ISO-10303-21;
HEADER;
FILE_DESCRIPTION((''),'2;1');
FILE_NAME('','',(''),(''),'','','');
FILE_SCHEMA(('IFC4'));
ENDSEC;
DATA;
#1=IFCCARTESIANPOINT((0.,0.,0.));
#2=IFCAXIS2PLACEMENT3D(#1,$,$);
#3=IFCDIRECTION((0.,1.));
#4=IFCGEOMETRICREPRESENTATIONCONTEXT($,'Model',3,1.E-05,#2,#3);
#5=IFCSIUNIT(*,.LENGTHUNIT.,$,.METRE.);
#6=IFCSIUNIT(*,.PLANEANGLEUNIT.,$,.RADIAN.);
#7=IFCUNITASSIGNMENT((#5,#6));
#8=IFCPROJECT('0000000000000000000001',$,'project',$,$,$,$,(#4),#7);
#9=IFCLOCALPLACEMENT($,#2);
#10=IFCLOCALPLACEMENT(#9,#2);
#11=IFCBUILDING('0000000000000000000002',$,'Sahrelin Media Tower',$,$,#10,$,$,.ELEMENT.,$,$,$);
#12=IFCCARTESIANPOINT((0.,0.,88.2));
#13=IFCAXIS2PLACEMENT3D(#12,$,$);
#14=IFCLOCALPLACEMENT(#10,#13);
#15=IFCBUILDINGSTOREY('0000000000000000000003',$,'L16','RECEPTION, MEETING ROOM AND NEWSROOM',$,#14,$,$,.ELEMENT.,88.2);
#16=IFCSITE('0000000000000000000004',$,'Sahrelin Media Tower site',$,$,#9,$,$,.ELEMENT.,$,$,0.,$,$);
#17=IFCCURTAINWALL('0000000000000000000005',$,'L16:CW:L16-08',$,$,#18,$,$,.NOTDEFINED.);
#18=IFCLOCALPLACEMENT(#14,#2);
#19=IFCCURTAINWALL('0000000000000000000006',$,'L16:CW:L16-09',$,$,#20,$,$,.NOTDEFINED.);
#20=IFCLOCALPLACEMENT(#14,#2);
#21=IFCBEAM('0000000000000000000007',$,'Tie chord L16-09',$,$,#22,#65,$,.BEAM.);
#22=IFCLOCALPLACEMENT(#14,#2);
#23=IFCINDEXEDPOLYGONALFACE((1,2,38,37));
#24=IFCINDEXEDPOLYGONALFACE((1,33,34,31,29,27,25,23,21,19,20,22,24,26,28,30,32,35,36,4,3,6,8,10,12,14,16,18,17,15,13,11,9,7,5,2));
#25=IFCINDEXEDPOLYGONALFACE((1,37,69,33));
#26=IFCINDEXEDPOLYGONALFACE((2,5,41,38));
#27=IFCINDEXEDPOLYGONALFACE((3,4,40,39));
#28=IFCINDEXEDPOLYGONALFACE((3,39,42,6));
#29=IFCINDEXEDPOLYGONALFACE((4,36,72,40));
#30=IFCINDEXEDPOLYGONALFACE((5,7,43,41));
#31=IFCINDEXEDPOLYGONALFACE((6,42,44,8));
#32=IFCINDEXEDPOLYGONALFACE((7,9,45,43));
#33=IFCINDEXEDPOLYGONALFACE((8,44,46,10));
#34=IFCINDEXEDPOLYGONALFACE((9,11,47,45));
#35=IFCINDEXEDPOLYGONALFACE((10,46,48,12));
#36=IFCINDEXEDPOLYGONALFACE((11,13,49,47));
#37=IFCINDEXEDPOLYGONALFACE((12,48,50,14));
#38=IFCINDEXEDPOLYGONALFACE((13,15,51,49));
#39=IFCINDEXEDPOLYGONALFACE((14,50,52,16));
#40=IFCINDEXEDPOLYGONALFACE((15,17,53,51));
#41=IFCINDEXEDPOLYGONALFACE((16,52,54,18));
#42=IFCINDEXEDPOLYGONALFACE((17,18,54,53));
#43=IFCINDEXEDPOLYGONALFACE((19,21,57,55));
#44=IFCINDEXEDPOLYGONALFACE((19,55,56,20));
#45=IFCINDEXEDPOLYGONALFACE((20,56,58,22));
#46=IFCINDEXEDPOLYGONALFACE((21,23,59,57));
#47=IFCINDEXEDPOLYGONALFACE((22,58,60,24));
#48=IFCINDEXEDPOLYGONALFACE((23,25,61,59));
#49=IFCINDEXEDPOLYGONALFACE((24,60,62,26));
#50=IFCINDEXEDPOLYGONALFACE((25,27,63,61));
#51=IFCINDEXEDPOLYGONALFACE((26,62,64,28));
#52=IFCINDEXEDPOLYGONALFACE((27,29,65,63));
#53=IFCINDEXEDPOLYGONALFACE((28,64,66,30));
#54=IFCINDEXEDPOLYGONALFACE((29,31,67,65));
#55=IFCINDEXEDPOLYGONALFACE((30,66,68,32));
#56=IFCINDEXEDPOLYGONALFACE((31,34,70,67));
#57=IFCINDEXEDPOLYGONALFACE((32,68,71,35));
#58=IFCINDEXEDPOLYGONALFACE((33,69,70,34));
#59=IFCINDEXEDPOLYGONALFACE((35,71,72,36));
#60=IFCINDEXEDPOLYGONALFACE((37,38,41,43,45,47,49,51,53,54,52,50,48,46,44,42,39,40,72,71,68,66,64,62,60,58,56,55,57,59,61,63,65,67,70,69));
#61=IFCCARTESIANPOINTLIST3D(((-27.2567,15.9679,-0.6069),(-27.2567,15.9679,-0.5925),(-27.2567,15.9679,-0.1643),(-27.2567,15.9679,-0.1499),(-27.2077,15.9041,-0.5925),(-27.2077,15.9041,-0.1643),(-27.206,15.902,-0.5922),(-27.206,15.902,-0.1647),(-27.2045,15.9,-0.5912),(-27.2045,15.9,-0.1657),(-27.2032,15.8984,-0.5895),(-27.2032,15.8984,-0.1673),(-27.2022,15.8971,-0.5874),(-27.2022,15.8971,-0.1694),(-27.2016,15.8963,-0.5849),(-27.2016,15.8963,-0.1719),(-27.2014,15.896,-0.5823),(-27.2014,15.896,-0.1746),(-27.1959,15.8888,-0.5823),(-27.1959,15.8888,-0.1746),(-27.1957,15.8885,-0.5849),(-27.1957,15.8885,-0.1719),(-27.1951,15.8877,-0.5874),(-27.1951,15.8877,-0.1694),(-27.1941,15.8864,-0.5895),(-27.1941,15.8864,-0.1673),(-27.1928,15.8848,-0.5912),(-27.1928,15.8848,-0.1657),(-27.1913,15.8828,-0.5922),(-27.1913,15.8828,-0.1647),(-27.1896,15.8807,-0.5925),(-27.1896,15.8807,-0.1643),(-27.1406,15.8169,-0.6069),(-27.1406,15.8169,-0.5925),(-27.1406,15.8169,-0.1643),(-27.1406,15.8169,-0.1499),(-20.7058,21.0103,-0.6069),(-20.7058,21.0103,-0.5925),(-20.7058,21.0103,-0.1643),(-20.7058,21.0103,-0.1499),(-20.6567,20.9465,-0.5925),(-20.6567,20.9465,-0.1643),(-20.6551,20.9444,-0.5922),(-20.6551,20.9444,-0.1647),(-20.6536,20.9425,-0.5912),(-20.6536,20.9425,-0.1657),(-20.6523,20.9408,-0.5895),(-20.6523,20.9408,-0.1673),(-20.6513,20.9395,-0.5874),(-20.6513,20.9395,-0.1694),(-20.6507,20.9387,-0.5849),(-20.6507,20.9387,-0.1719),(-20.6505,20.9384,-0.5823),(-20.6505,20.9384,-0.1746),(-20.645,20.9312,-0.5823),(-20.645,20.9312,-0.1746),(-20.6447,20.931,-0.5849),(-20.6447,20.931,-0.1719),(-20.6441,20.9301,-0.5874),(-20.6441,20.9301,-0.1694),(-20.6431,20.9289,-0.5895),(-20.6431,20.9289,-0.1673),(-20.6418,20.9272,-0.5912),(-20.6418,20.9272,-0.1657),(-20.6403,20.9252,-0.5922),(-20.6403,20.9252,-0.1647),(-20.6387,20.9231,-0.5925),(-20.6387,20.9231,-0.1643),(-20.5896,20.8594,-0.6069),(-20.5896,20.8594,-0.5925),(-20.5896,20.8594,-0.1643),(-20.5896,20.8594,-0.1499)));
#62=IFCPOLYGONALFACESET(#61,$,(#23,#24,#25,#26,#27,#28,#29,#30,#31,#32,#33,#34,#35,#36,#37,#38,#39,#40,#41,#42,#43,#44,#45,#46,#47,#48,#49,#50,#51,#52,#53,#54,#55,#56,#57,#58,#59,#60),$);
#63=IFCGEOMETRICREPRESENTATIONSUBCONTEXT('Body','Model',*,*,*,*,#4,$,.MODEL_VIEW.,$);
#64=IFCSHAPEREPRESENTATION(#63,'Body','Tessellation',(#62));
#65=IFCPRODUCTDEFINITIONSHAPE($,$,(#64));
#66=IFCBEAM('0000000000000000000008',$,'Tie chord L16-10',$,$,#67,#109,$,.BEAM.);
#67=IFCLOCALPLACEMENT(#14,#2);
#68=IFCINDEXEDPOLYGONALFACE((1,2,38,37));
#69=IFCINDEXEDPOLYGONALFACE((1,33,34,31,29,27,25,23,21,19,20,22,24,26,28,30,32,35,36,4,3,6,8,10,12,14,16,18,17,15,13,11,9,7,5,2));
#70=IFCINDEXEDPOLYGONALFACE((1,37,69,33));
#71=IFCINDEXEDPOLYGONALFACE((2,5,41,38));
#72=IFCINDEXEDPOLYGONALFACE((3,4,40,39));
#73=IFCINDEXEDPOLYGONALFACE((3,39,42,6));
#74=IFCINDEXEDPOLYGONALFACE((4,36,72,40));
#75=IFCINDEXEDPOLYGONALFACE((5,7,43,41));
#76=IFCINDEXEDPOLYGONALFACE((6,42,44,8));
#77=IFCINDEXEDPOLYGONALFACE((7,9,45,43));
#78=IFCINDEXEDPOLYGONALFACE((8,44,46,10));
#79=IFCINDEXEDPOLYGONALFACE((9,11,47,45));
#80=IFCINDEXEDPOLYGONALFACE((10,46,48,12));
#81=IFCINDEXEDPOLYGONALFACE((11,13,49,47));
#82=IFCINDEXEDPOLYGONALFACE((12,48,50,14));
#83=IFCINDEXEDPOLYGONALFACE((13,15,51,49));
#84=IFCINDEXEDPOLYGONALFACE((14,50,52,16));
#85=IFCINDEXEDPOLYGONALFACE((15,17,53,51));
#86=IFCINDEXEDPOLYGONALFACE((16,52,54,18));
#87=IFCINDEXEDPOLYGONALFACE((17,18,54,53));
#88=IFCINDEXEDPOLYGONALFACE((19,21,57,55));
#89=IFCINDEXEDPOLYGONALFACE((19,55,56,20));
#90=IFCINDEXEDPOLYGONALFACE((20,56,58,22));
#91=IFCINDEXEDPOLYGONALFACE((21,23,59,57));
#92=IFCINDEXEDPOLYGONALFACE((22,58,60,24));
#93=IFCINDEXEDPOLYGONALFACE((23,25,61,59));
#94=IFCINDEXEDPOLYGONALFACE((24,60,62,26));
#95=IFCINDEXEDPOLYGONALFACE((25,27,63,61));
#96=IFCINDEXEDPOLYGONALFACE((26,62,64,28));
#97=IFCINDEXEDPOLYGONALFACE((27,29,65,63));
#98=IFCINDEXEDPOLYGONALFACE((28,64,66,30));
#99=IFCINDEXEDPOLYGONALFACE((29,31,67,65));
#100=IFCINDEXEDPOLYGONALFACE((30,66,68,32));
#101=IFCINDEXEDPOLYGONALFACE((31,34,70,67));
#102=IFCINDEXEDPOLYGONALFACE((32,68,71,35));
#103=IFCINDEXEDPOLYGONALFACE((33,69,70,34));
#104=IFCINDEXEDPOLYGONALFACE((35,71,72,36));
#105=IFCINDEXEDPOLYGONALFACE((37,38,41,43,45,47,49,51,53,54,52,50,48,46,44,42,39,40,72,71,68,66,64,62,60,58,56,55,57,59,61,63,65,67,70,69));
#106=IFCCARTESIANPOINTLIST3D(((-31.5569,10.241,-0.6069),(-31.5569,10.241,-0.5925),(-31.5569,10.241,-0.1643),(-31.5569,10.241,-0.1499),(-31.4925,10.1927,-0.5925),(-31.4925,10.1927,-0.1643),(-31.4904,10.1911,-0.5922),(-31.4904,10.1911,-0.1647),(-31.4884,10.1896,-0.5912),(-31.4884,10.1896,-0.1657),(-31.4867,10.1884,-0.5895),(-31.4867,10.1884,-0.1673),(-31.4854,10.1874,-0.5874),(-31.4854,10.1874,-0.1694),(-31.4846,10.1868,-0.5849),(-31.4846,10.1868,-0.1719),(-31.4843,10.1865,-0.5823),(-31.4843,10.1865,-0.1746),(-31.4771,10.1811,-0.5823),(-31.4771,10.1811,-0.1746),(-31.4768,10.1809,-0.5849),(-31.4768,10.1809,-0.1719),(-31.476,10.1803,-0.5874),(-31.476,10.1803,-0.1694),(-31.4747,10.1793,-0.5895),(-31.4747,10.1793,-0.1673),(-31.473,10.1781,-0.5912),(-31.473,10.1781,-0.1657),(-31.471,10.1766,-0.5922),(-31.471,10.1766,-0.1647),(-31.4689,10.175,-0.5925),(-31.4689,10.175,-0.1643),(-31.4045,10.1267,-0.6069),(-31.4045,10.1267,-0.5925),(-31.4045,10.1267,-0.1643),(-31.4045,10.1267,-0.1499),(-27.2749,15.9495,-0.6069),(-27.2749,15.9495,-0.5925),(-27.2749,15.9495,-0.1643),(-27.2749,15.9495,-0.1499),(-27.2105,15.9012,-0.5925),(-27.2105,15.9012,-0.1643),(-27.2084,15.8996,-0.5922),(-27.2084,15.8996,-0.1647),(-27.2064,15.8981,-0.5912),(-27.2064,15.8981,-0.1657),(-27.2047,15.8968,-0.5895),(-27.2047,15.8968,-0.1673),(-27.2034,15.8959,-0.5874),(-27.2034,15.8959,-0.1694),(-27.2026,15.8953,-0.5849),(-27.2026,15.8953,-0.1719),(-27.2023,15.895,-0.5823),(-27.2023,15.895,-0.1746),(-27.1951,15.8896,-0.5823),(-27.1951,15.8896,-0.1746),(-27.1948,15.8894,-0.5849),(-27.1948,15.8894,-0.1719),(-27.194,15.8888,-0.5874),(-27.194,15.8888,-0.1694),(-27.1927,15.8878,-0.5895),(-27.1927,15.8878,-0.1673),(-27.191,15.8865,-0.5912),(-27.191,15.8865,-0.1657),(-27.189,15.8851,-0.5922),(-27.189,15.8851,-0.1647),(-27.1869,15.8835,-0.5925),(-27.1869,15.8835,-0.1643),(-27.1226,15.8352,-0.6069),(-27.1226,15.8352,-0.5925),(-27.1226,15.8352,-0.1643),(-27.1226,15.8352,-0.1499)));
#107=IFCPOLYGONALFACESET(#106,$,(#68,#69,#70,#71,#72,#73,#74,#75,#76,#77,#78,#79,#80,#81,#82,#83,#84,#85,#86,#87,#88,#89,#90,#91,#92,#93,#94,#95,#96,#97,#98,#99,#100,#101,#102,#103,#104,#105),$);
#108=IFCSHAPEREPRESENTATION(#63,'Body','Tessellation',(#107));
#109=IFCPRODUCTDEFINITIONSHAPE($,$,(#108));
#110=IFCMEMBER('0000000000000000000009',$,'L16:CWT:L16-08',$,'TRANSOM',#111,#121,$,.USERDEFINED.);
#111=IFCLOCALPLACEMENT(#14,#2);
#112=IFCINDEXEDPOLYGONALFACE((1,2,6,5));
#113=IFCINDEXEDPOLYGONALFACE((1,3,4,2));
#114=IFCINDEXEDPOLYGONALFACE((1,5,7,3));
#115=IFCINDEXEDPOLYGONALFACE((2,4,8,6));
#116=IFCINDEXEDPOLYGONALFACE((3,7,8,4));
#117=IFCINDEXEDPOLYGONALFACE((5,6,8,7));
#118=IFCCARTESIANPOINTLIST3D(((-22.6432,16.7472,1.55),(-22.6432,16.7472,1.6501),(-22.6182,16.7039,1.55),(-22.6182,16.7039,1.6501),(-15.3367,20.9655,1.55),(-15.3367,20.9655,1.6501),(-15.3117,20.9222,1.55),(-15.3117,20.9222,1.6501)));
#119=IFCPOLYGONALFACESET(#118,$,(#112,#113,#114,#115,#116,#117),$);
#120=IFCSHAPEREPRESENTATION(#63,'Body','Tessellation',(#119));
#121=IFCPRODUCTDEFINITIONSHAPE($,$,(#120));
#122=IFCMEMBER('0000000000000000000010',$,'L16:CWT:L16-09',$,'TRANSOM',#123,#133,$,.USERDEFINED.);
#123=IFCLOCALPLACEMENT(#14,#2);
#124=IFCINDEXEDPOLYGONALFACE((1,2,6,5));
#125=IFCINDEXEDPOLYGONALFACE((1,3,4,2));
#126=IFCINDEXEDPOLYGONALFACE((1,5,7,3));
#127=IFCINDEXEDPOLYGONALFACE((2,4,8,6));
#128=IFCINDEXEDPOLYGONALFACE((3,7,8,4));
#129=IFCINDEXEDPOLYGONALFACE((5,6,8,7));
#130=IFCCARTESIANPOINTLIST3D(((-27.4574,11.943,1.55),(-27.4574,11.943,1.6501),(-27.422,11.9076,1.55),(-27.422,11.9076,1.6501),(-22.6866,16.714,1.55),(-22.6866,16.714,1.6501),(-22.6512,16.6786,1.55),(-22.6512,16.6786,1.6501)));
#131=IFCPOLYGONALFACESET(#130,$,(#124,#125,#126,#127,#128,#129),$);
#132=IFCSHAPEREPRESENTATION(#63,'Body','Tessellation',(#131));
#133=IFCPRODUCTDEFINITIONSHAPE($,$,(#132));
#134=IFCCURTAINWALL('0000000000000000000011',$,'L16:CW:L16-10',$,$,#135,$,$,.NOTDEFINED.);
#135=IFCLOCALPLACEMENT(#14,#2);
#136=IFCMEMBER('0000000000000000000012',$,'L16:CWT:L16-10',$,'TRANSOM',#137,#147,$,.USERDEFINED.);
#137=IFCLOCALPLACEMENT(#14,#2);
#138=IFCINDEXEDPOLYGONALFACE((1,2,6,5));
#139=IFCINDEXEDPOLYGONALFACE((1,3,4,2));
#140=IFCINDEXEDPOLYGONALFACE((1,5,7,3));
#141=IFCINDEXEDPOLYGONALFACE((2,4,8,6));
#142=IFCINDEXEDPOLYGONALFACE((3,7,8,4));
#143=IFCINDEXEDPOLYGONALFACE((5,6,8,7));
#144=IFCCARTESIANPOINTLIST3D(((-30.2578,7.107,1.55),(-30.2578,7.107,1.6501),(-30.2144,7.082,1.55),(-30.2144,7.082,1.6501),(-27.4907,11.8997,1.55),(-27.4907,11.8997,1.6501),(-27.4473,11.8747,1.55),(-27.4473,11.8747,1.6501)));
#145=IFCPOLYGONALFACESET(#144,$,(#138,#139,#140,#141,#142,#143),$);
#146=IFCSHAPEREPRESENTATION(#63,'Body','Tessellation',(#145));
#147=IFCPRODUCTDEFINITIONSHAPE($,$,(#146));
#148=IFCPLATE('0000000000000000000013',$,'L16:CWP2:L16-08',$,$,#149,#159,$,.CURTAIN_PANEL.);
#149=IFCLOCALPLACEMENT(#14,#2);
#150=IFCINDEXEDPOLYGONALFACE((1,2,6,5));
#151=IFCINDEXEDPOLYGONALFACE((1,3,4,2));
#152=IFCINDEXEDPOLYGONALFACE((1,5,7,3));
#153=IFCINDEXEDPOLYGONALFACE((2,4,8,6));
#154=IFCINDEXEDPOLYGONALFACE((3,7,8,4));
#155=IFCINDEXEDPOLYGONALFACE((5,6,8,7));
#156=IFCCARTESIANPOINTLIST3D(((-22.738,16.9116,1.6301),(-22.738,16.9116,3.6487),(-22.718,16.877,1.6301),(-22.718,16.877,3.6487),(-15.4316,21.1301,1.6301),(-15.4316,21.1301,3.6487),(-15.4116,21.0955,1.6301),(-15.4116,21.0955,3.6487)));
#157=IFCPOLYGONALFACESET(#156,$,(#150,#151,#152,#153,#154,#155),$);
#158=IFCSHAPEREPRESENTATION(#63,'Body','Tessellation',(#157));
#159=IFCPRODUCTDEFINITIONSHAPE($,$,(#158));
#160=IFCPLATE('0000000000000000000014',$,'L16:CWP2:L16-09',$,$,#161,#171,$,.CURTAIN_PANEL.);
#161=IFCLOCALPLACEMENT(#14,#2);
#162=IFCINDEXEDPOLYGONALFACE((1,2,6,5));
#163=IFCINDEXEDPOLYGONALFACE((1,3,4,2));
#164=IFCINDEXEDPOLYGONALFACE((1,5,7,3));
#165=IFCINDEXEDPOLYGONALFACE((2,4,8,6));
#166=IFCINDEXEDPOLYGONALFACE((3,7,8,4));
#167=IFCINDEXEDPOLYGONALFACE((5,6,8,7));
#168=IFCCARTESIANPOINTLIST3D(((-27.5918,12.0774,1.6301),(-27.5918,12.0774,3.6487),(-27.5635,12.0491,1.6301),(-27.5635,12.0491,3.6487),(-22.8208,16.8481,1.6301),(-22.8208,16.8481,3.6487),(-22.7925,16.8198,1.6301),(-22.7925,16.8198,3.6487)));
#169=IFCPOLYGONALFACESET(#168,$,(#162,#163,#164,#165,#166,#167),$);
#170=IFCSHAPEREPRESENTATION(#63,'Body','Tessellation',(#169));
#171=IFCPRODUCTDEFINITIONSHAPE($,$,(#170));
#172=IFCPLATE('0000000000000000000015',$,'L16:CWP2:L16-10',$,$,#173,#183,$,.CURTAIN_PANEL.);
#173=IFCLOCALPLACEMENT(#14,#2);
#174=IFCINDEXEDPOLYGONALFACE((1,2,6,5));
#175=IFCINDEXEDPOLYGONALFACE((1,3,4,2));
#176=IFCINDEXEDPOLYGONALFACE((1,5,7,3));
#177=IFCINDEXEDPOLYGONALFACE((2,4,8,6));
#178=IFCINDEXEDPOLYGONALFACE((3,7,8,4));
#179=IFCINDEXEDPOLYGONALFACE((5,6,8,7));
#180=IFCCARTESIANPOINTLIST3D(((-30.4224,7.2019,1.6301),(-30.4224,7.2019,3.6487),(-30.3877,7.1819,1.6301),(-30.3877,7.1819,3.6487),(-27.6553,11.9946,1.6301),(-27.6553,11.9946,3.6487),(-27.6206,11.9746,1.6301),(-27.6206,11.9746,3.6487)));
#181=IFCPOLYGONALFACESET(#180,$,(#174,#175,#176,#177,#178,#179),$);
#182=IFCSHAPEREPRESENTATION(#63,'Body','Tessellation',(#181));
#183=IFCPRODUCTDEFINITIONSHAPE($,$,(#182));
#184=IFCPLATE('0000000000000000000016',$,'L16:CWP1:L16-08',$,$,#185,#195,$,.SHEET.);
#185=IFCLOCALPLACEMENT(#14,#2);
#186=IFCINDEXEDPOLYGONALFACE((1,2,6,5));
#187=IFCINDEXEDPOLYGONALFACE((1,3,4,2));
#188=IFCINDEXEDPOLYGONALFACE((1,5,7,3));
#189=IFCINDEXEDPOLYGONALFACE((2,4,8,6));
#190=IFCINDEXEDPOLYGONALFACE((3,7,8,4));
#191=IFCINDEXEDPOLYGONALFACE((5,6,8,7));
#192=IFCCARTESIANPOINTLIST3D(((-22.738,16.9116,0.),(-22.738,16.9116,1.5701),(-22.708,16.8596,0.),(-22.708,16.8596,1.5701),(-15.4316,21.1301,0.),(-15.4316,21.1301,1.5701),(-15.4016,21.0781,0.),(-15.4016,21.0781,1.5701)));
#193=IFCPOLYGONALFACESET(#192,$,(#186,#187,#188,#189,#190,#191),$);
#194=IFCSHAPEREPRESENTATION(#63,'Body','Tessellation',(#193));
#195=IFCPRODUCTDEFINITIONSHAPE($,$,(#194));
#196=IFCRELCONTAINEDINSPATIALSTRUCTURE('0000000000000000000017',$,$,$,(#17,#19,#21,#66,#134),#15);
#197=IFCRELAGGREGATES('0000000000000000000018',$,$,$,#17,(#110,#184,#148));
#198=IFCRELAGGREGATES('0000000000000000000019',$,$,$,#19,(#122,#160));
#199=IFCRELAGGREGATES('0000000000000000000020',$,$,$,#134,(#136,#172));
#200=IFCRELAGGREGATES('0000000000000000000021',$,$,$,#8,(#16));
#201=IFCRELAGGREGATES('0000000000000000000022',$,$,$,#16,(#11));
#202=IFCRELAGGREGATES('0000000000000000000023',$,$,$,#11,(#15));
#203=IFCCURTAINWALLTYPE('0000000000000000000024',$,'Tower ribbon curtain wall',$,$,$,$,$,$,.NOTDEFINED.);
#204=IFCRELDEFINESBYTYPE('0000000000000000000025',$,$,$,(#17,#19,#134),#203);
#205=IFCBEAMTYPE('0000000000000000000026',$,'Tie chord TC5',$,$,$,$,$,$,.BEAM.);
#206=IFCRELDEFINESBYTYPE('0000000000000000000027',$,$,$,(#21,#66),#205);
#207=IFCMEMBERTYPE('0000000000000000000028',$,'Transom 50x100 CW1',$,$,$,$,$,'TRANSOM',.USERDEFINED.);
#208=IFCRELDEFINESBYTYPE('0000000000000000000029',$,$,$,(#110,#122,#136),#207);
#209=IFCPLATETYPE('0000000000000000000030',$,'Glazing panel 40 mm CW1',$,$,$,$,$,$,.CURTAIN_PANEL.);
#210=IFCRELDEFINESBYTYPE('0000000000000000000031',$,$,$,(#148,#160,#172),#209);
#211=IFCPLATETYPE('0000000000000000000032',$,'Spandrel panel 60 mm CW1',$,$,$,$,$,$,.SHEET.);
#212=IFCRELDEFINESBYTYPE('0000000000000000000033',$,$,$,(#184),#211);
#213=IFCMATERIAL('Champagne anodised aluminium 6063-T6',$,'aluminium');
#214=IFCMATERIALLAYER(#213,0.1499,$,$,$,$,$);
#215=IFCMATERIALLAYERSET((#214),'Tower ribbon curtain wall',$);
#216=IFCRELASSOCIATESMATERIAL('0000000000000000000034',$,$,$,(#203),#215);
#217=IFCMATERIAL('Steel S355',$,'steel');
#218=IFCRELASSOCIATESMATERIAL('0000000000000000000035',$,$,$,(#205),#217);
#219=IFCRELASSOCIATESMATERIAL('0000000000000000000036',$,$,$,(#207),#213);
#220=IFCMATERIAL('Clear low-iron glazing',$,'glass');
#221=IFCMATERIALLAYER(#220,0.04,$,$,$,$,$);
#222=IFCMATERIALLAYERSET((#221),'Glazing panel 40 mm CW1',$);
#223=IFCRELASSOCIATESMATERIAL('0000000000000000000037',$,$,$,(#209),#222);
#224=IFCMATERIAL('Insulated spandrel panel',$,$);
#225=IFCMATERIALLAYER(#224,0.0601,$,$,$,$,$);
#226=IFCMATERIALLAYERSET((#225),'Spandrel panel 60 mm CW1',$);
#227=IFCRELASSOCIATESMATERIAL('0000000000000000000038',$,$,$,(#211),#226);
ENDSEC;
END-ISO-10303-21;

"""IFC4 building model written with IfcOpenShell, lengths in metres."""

from ifc_helpers import new_model, si_unit, direction, frame, origin, origin_2d, place, context, subcontext, project, spatial, polyline, rectangle, i_section, outline, extrude, material, layer, layer_set, material_profile, profile_set, type_object, element, aggregate, save


model = new_model("IFC4")

# Units and contexts
model_context = context("Model", 3, precision=1e-05, world=origin(), true_north=direction((0.0, 1.0)))
body_context = subcontext(model_context, "Body", "Model", "MODEL_VIEW")
ifc_project = project(units=[si_unit("LENGTHUNIT", "METRE"), si_unit("PLANEANGLEUNIT", "RADIAN")], contexts=[model_context])

# Site, building, storey
site_placement = place(None, origin())
site = spatial("IfcSite", under=ifc_project, at=site_placement, Name="Sahrelin Media Tower site", CompositionType="ELEMENT", RefElevation=0.0)
building_placement = place(site_placement, origin())
building = spatial("IfcBuilding", under=site, at=building_placement, Name="Sahrelin Media Tower", CompositionType="ELEMENT")
storey_placement = place(building_placement, frame((0.0, 0.0, 88.2)))
storey = spatial("IfcBuildingStorey", under=building, at=storey_placement, Name="L16", Description="RECEPTION, MEETING ROOM AND NEWSROOM", CompositionType="ELEMENT", Elevation=88.2)

# Shared definitions
ifc_material_1 = material(Name="Steel S355", Category="steel")

# Curtain walls
ifc_material_2 = material(Name="Champagne anodised aluminium 6063-T6", Category="aluminium")
ifc_layer_1 = layer(ifc_material_2, 0.1499)
ifc_layer_set_1 = layer_set([ifc_layer_1], Name="Tower ribbon curtain wall")
curtain_wall_type = type_object("IfcCurtainWallType", Name="Tower ribbon curtain wall", PredefinedType="NOTDEFINED", material=ifc_layer_set_1)
curtain_wall_1_placement = place(storey_placement, frame((-19.075, 19.0037, 0.0), z_axis=(0.0, 0.0, 1.0), x_axis=(1.0, 0.0, 0.0)))
curtain_wall_1 = element("IfcCurtainWall", 1, at=curtain_wall_1_placement, inside=storey, type_object=curtain_wall_type, Name="L16:CW:L16-08", PredefinedType="NOTDEFINED")
curtain_wall_2_placement = place(storey_placement, frame((-25.1921, 14.4487, 0.0), z_axis=(0.0, 0.0, 1.0), x_axis=(1.0, 0.0, 0.0)))
curtain_wall_2 = element("IfcCurtainWall", 2, at=curtain_wall_2_placement, inside=storey, type_object=curtain_wall_type, Name="L16:CW:L16-09", PredefinedType="NOTDEFINED")

# Beams
ifc_material_profile_1 = material_profile(ifc_material_1, i_section(OverallWidth=0.1904, OverallDepth=0.457, WebThickness=0.009, FlangeThickness=0.0144, FilletRadius=0.0103, at=origin_2d()), Name="UB 457x191x74")
ifc_profile_set_1 = profile_set([ifc_material_profile_1], Name="Steel S355")
beam_type_1 = type_object("IfcBeamType", Name="Tie chord TC5", PredefinedType="BEAM", material=ifc_profile_set_1)
beam_1_placement = place(storey_placement, frame((-20.6477, 20.9348, -0.3784), z_axis=(-0.792435, -0.609956, 0.0), x_axis=(0.609956, -0.792435, 0.0)))
element("IfcBeam", 3, at=beam_1_placement, inside=storey, type_object=beam_type_1, Name="Tie chord L16-09", PredefinedType="BEAM", context=body_context, shape_type="SweptSolid", body=[
    extrude(i_section(OverallWidth=0.1904, OverallDepth=0.457, WebThickness=0.009, FlangeThickness=0.0144, FilletRadius=0.0103, at=origin_2d()), origin(), (0.0, 0.0, 1.0), 8.2668),
])
beam_2_placement = place(storey_placement, frame((-27.1987, 15.8923, -0.3784), z_axis=(-0.600055, -0.799959, 0.0), x_axis=(0.799959, -0.600055, 0.0)))
element("IfcBeam", 4, at=beam_2_placement, inside=storey, type_object=beam_type_1, Name="Tie chord L16-10", PredefinedType="BEAM", context=body_context, shape_type="SweptSolid", body=[
    extrude(i_section(OverallWidth=0.1904, OverallDepth=0.457, WebThickness=0.009, FlangeThickness=0.0144, FilletRadius=0.0103, at=origin_2d()), origin(), (0.0, 0.0, 1.0), 7.136),
])

# Members
ifc_material_profile_2 = material_profile(ifc_material_2, rectangle(XDim=0.05, YDim=0.1001, at=origin_2d()), Name="Transom 50x100")
ifc_profile_set_2 = profile_set([ifc_material_profile_2], Name="Champagne anodised aluminium 6063-T6")
member_type_1 = type_object("IfcMemberType", Name="Transom 50x100 CW1", ElementType="TRANSOM", PredefinedType="USERDEFINED", material=ifc_profile_set_2)
member_1_placement = place(storey_placement, frame((-15.3242, 20.9438, 1.6001), z_axis=(-0.86603, -0.499992, 0.0), x_axis=(0.499992, -0.86603, 0.0)))
member_1 = element("IfcMember", 5, at=member_1_placement, type_object=member_type_1, Name="L16:CWT:L16-08", ObjectType="TRANSOM", PredefinedType="USERDEFINED", context=body_context, shape_type="SweptSolid", body=[
    extrude(rectangle(XDim=0.05, YDim=0.1001, at=origin_2d()), origin(), (0.0, 0.0, 1.0), 8.4368),
])
member_2_placement = place(storey_placement, frame((-22.6689, 16.6963, 1.6001), z_axis=(-0.707089, -0.707125, 0.0), x_axis=(0.707125, -0.707089, 0.0)))
member_2 = element("IfcMember", 6, at=member_2_placement, type_object=member_type_1, Name="L16:CWT:L16-09", ObjectType="TRANSOM", PredefinedType="USERDEFINED", context=body_context, shape_type="SweptSolid", body=[
    extrude(rectangle(XDim=0.05, YDim=0.1001, at=origin_2d()), origin(), (0.0, 0.0, 1.0), 6.7471),
])

# Curtain wall, member
curtain_wall_3_placement = place(storey_placement, frame((-29.0215, 9.5884, 0.0), z_axis=(0.0, 0.0, 1.0), x_axis=(1.0, 0.0, 0.0)))
curtain_wall_3 = element("IfcCurtainWall", 7, at=curtain_wall_3_placement, inside=storey, type_object=curtain_wall_type, Name="L16:CW:L16-10", PredefinedType="NOTDEFINED")
member_3_placement = place(storey_placement, frame((-27.469, 11.8872, 1.6001), z_axis=(-0.500001, -0.866025, 0.0), x_axis=(0.866025, -0.500001, 0.0)))
member_3 = element("IfcMember", 8, at=member_3_placement, type_object=member_type_1, Name="L16:CWT:L16-10", ObjectType="TRANSOM", PredefinedType="USERDEFINED", context=body_context, shape_type="SweptSolid", body=[
    extrude(rectangle(XDim=0.05, YDim=0.1001, at=origin_2d()), origin(), (0.0, 0.0, 1.0), 5.5342),
])

# Plates
ifc_material_3 = material(Name="Clear low-iron glazing", Category="glass")
ifc_layer_2 = layer(ifc_material_3, 0.04)
ifc_layer_set_2 = layer_set([ifc_layer_2], Name="Glazing panel 40 mm CW1")
plate_type_1 = type_object("IfcPlateType", Name="Glazing panel 40 mm CW1", PredefinedType="CURTAIN_PANEL", material=ifc_layer_set_2)
plate_1_placement = place(storey_placement, frame((-15.4316, 21.1301, 1.6301), z_axis=(-0.500014, 0.866017, 0.0), x_axis=(-0.866017, -0.500014, 0.0)))
plate_1 = element("IfcPlate", 9, at=plate_1_placement, type_object=plate_type_1, Name="L16:CWP2:L16-08", PredefinedType="CURTAIN_PANEL", context=body_context, shape_type="SweptSolid", body=[
    extrude(outline(polyline([(0.0, 0.0), (8.4368, 0.0), (8.4368, 2.0186), (0.0, 2.0186), (0.0, 0.0)])), origin(), (0.0, 0.0, -1.0), 0.04),
])
plate_2_placement = place(storey_placement, frame((-22.8208, 16.8481, 1.6301), z_axis=(-0.707089, 0.707125, 0.0), x_axis=(-0.707125, -0.707089, 0.0)))
plate_2 = element("IfcPlate", 10, at=plate_2_placement, type_object=plate_type_1, Name="L16:CWP2:L16-09", PredefinedType="CURTAIN_PANEL", context=body_context, shape_type="SweptSolid", body=[
    extrude(outline(polyline([(0.0, 0.0), (6.7471, 0.0), (6.7471, 2.0186), (0.0, 2.0186), (0.0, 0.0)])), origin(), (0.0, 0.0, -1.0), 0.04),
])
plate_3_placement = place(storey_placement, frame((-27.6553, 11.9946, 1.6301), z_axis=(-0.866025, 0.500001, 0.0), x_axis=(-0.500001, -0.866025, 0.0)))
plate_3 = element("IfcPlate", 11, at=plate_3_placement, type_object=plate_type_1, Name="L16:CWP2:L16-10", PredefinedType="CURTAIN_PANEL", context=body_context, shape_type="SweptSolid", body=[
    extrude(outline(polyline([(0.0, 0.0), (5.5342, 0.0), (5.5342, 2.0186), (0.0, 2.0186), (0.0, 0.0)])), origin(), (0.0, 0.0, -1.0), 0.04),
])
ifc_material_4 = material(Name="Insulated spandrel panel")
ifc_layer_3 = layer(ifc_material_4, 0.0601)
ifc_layer_set_3 = layer_set([ifc_layer_3], Name="Spandrel panel 60 mm CW1")
plate_type_2 = type_object("IfcPlateType", Name="Spandrel panel 60 mm CW1", PredefinedType="SHEET", material=ifc_layer_set_3)
plate_4_placement = place(storey_placement, frame((-15.4316, 21.1301, 0.0), z_axis=(-0.500014, 0.866017, 0.0), x_axis=(-0.866017, -0.500014, 0.0)))
plate_4 = element("IfcPlate", 12, at=plate_4_placement, type_object=plate_type_2, Name="L16:CWP1:L16-08", PredefinedType="SHEET", context=body_context, shape_type="SweptSolid", body=[
    extrude(outline(polyline([(0.0, 0.0), (8.4368, 0.0), (8.4368, 1.5701), (0.0, 1.5701), (0.0, 0.0)])), origin(), (0.0, 0.0, -1.0), 0.0601),
])
aggregate(curtain_wall_1, [member_1, plate_4, plate_1])
aggregate(curtain_wall_2, [member_2, plate_2])
aggregate(curtain_wall_3, [member_3, plate_3])

save(model, "model.ifc")
